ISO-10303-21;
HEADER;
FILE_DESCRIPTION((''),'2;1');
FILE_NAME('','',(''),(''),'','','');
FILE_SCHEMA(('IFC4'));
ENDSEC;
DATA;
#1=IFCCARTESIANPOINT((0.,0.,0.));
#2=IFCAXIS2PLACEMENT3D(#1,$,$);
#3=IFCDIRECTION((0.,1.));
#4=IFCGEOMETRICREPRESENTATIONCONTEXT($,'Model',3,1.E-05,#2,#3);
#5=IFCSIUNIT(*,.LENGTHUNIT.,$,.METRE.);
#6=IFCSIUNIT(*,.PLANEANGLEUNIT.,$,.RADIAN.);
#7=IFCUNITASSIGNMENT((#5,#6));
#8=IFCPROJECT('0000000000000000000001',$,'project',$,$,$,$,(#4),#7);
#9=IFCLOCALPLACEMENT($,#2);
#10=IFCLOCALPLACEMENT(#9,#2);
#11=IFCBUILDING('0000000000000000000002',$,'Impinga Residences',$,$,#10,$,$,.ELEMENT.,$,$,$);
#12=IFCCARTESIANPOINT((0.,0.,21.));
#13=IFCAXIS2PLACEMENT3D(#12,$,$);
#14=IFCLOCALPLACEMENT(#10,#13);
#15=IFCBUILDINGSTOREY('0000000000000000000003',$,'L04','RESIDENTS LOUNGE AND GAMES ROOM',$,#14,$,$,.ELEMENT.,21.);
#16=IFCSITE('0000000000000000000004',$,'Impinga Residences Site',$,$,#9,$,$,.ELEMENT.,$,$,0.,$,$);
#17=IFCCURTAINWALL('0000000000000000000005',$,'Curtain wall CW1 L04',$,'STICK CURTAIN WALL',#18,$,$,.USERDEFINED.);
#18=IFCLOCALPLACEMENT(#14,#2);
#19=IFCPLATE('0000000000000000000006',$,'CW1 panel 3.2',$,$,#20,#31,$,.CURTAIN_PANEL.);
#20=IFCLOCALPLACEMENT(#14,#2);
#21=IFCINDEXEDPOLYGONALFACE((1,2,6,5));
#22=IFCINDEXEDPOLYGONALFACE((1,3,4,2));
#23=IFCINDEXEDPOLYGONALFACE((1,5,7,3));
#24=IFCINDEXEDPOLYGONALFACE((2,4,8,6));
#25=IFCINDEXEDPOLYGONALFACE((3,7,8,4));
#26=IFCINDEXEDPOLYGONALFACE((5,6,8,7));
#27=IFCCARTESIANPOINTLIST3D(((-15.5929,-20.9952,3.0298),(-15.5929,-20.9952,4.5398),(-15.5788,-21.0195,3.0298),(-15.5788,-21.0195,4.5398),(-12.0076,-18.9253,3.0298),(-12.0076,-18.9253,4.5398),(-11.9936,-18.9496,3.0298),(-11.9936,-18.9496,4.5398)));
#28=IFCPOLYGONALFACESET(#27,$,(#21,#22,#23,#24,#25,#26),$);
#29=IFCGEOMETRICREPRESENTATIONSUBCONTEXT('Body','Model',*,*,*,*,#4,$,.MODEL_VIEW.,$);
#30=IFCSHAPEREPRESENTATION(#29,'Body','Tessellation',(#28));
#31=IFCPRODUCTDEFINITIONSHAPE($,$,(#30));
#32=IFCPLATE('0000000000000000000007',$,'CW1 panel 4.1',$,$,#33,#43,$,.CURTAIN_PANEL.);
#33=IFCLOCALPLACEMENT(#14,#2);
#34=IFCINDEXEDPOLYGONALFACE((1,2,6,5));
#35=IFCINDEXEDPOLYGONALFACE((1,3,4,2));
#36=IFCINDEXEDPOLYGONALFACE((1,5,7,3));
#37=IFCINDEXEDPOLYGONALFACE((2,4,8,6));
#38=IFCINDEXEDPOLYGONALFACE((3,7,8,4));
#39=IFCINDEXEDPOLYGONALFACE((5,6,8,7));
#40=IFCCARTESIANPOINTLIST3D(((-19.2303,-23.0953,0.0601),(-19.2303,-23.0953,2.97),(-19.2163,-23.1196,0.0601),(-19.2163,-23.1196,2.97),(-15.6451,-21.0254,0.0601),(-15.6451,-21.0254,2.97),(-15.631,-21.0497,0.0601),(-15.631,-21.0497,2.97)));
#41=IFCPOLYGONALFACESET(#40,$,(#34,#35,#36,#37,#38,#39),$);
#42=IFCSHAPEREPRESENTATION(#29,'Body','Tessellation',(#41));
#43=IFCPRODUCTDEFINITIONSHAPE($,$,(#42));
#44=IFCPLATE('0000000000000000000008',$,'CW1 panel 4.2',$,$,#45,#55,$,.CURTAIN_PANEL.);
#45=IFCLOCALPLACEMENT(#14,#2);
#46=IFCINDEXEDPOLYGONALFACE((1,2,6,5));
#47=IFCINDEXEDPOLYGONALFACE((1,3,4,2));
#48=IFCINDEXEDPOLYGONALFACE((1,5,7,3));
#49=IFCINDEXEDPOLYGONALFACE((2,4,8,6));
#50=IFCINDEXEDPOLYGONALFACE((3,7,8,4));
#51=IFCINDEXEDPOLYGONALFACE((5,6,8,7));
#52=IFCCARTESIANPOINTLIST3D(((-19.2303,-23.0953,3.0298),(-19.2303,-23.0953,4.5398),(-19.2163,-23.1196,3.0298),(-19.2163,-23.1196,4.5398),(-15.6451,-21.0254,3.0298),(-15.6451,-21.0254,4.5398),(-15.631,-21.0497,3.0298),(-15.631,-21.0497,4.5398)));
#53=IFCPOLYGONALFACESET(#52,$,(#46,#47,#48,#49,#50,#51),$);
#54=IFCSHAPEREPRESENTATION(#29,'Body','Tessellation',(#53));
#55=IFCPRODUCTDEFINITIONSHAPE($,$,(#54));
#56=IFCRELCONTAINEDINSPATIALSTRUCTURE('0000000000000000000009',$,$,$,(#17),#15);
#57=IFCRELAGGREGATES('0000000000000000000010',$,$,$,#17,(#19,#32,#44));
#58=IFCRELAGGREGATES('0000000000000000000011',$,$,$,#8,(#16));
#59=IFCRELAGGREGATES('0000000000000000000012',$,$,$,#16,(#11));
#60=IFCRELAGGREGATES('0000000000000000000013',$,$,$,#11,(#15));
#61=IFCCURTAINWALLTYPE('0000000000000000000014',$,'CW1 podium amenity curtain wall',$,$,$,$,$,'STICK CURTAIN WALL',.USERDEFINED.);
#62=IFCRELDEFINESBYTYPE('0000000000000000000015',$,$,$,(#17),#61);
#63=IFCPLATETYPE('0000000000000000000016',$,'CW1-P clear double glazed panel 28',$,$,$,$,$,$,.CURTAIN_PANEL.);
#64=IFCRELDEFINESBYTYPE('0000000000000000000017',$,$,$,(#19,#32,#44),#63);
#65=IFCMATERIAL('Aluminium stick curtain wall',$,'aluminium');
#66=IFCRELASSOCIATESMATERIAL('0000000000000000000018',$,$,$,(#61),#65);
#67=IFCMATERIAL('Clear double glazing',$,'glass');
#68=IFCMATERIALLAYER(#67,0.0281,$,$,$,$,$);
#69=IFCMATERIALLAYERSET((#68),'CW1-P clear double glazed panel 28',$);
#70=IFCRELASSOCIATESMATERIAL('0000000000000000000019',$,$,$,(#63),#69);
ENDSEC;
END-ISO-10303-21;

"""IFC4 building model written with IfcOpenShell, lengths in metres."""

from ifc_helpers import new_model, si_unit, direction, frame, origin, origin_2d, place, context, subcontext, project, spatial, rectangle, extrude, material, layer, layer_set, type_object, element, aggregate, save


model = new_model("IFC4")

# Units and contexts
model_context = context("Model", 3, precision=1e-05, world=origin(), true_north=direction((0.0, 1.0)))
body_context = subcontext(model_context, "Body", "Model", "MODEL_VIEW")
ifc_project = project(units=[si_unit("LENGTHUNIT", "METRE"), si_unit("PLANEANGLEUNIT", "RADIAN")], contexts=[model_context])

# Site, building, storey
site_placement = place(None, origin())
site = spatial("IfcSite", under=ifc_project, at=site_placement, Name="Impinga Residences Site", CompositionType="ELEMENT", RefElevation=0.0)
building_placement = place(site_placement, origin())
building = spatial("IfcBuilding", under=site, at=building_placement, Name="Impinga Residences", CompositionType="ELEMENT")
storey_placement = place(building_placement, frame((0.0, 0.0, 21.0)))
storey = spatial("IfcBuildingStorey", under=building, at=storey_placement, Name="L04", Description="RESIDENTS LOUNGE AND GAMES ROOM", CompositionType="ELEMENT", Elevation=21.0)

# Curtain wall
ifc_material_1 = material(Name="Aluminium stick curtain wall", Category="aluminium")
curtain_wall_type = type_object("IfcCurtainWallType", Name="CW1 podium amenity curtain wall", ElementType="STICK CURTAIN WALL", PredefinedType="USERDEFINED", material=ifc_material_1)
curtain_wall_placement = place(storey_placement, origin())
curtain_wall = element("IfcCurtainWall", 1, at=curtain_wall_placement, inside=storey, type_object=curtain_wall_type, Name="Curtain wall CW1 L04", ObjectType="STICK CURTAIN WALL", PredefinedType="USERDEFINED")

# Plates
ifc_material_2 = material(Name="Clear double glazing", Category="glass")
ifc_layer = layer(ifc_material_2, 0.0281)
ifc_layer_set = layer_set([ifc_layer], Name="CW1-P clear double glazed panel 28")
plate_type = type_object("IfcPlateType", Name="CW1-P clear double glazed panel 28", PredefinedType="CURTAIN_PANEL", material=ifc_layer_set)
plate_1_placement = place(storey_placement, frame((-13.7932, -19.9724, 3.0298), z_axis=(0.0, 0.0, 1.0), x_axis=(-0.866025, -0.5, 0.0)))
plate_1 = element("IfcPlate", 2, at=plate_1_placement, type_object=plate_type, Name="CW1 panel 3.2", PredefinedType="CURTAIN_PANEL", context=body_context, shape_type="SweptSolid", body=[
    extrude(rectangle(XDim=4.1399, YDim=0.0281, at=origin_2d()), origin(), (0.0, 0.0, 1.0), 1.51),
])
plate_2_placement = place(storey_placement, frame((-17.4307, -22.0725, 0.0601), z_axis=(0.0, 0.0, 1.0), x_axis=(-0.866025, -0.5, 0.0)))
plate_2 = element("IfcPlate", 3, at=plate_2_placement, type_object=plate_type, Name="CW1 panel 4.1", PredefinedType="CURTAIN_PANEL", context=body_context, shape_type="SweptSolid", body=[
    extrude(rectangle(XDim=4.1399, YDim=0.0281, at=origin_2d()), origin(), (0.0, 0.0, 1.0), 2.9099),
])
plate_3_placement = place(storey_placement, frame((-17.4307, -22.0725, 3.0298), z_axis=(0.0, 0.0, 1.0), x_axis=(-0.866025, -0.5, 0.0)))
plate_3 = element("IfcPlate", 4, at=plate_3_placement, type_object=plate_type, Name="CW1 panel 4.2", PredefinedType="CURTAIN_PANEL", context=body_context, shape_type="SweptSolid", body=[
    extrude(rectangle(XDim=4.1399, YDim=0.0281, at=origin_2d()), origin(), (0.0, 0.0, 1.0), 1.51),
])
aggregate(curtain_wall, [plate_1, plate_2, plate_3])

save(model, "model.ifc")
